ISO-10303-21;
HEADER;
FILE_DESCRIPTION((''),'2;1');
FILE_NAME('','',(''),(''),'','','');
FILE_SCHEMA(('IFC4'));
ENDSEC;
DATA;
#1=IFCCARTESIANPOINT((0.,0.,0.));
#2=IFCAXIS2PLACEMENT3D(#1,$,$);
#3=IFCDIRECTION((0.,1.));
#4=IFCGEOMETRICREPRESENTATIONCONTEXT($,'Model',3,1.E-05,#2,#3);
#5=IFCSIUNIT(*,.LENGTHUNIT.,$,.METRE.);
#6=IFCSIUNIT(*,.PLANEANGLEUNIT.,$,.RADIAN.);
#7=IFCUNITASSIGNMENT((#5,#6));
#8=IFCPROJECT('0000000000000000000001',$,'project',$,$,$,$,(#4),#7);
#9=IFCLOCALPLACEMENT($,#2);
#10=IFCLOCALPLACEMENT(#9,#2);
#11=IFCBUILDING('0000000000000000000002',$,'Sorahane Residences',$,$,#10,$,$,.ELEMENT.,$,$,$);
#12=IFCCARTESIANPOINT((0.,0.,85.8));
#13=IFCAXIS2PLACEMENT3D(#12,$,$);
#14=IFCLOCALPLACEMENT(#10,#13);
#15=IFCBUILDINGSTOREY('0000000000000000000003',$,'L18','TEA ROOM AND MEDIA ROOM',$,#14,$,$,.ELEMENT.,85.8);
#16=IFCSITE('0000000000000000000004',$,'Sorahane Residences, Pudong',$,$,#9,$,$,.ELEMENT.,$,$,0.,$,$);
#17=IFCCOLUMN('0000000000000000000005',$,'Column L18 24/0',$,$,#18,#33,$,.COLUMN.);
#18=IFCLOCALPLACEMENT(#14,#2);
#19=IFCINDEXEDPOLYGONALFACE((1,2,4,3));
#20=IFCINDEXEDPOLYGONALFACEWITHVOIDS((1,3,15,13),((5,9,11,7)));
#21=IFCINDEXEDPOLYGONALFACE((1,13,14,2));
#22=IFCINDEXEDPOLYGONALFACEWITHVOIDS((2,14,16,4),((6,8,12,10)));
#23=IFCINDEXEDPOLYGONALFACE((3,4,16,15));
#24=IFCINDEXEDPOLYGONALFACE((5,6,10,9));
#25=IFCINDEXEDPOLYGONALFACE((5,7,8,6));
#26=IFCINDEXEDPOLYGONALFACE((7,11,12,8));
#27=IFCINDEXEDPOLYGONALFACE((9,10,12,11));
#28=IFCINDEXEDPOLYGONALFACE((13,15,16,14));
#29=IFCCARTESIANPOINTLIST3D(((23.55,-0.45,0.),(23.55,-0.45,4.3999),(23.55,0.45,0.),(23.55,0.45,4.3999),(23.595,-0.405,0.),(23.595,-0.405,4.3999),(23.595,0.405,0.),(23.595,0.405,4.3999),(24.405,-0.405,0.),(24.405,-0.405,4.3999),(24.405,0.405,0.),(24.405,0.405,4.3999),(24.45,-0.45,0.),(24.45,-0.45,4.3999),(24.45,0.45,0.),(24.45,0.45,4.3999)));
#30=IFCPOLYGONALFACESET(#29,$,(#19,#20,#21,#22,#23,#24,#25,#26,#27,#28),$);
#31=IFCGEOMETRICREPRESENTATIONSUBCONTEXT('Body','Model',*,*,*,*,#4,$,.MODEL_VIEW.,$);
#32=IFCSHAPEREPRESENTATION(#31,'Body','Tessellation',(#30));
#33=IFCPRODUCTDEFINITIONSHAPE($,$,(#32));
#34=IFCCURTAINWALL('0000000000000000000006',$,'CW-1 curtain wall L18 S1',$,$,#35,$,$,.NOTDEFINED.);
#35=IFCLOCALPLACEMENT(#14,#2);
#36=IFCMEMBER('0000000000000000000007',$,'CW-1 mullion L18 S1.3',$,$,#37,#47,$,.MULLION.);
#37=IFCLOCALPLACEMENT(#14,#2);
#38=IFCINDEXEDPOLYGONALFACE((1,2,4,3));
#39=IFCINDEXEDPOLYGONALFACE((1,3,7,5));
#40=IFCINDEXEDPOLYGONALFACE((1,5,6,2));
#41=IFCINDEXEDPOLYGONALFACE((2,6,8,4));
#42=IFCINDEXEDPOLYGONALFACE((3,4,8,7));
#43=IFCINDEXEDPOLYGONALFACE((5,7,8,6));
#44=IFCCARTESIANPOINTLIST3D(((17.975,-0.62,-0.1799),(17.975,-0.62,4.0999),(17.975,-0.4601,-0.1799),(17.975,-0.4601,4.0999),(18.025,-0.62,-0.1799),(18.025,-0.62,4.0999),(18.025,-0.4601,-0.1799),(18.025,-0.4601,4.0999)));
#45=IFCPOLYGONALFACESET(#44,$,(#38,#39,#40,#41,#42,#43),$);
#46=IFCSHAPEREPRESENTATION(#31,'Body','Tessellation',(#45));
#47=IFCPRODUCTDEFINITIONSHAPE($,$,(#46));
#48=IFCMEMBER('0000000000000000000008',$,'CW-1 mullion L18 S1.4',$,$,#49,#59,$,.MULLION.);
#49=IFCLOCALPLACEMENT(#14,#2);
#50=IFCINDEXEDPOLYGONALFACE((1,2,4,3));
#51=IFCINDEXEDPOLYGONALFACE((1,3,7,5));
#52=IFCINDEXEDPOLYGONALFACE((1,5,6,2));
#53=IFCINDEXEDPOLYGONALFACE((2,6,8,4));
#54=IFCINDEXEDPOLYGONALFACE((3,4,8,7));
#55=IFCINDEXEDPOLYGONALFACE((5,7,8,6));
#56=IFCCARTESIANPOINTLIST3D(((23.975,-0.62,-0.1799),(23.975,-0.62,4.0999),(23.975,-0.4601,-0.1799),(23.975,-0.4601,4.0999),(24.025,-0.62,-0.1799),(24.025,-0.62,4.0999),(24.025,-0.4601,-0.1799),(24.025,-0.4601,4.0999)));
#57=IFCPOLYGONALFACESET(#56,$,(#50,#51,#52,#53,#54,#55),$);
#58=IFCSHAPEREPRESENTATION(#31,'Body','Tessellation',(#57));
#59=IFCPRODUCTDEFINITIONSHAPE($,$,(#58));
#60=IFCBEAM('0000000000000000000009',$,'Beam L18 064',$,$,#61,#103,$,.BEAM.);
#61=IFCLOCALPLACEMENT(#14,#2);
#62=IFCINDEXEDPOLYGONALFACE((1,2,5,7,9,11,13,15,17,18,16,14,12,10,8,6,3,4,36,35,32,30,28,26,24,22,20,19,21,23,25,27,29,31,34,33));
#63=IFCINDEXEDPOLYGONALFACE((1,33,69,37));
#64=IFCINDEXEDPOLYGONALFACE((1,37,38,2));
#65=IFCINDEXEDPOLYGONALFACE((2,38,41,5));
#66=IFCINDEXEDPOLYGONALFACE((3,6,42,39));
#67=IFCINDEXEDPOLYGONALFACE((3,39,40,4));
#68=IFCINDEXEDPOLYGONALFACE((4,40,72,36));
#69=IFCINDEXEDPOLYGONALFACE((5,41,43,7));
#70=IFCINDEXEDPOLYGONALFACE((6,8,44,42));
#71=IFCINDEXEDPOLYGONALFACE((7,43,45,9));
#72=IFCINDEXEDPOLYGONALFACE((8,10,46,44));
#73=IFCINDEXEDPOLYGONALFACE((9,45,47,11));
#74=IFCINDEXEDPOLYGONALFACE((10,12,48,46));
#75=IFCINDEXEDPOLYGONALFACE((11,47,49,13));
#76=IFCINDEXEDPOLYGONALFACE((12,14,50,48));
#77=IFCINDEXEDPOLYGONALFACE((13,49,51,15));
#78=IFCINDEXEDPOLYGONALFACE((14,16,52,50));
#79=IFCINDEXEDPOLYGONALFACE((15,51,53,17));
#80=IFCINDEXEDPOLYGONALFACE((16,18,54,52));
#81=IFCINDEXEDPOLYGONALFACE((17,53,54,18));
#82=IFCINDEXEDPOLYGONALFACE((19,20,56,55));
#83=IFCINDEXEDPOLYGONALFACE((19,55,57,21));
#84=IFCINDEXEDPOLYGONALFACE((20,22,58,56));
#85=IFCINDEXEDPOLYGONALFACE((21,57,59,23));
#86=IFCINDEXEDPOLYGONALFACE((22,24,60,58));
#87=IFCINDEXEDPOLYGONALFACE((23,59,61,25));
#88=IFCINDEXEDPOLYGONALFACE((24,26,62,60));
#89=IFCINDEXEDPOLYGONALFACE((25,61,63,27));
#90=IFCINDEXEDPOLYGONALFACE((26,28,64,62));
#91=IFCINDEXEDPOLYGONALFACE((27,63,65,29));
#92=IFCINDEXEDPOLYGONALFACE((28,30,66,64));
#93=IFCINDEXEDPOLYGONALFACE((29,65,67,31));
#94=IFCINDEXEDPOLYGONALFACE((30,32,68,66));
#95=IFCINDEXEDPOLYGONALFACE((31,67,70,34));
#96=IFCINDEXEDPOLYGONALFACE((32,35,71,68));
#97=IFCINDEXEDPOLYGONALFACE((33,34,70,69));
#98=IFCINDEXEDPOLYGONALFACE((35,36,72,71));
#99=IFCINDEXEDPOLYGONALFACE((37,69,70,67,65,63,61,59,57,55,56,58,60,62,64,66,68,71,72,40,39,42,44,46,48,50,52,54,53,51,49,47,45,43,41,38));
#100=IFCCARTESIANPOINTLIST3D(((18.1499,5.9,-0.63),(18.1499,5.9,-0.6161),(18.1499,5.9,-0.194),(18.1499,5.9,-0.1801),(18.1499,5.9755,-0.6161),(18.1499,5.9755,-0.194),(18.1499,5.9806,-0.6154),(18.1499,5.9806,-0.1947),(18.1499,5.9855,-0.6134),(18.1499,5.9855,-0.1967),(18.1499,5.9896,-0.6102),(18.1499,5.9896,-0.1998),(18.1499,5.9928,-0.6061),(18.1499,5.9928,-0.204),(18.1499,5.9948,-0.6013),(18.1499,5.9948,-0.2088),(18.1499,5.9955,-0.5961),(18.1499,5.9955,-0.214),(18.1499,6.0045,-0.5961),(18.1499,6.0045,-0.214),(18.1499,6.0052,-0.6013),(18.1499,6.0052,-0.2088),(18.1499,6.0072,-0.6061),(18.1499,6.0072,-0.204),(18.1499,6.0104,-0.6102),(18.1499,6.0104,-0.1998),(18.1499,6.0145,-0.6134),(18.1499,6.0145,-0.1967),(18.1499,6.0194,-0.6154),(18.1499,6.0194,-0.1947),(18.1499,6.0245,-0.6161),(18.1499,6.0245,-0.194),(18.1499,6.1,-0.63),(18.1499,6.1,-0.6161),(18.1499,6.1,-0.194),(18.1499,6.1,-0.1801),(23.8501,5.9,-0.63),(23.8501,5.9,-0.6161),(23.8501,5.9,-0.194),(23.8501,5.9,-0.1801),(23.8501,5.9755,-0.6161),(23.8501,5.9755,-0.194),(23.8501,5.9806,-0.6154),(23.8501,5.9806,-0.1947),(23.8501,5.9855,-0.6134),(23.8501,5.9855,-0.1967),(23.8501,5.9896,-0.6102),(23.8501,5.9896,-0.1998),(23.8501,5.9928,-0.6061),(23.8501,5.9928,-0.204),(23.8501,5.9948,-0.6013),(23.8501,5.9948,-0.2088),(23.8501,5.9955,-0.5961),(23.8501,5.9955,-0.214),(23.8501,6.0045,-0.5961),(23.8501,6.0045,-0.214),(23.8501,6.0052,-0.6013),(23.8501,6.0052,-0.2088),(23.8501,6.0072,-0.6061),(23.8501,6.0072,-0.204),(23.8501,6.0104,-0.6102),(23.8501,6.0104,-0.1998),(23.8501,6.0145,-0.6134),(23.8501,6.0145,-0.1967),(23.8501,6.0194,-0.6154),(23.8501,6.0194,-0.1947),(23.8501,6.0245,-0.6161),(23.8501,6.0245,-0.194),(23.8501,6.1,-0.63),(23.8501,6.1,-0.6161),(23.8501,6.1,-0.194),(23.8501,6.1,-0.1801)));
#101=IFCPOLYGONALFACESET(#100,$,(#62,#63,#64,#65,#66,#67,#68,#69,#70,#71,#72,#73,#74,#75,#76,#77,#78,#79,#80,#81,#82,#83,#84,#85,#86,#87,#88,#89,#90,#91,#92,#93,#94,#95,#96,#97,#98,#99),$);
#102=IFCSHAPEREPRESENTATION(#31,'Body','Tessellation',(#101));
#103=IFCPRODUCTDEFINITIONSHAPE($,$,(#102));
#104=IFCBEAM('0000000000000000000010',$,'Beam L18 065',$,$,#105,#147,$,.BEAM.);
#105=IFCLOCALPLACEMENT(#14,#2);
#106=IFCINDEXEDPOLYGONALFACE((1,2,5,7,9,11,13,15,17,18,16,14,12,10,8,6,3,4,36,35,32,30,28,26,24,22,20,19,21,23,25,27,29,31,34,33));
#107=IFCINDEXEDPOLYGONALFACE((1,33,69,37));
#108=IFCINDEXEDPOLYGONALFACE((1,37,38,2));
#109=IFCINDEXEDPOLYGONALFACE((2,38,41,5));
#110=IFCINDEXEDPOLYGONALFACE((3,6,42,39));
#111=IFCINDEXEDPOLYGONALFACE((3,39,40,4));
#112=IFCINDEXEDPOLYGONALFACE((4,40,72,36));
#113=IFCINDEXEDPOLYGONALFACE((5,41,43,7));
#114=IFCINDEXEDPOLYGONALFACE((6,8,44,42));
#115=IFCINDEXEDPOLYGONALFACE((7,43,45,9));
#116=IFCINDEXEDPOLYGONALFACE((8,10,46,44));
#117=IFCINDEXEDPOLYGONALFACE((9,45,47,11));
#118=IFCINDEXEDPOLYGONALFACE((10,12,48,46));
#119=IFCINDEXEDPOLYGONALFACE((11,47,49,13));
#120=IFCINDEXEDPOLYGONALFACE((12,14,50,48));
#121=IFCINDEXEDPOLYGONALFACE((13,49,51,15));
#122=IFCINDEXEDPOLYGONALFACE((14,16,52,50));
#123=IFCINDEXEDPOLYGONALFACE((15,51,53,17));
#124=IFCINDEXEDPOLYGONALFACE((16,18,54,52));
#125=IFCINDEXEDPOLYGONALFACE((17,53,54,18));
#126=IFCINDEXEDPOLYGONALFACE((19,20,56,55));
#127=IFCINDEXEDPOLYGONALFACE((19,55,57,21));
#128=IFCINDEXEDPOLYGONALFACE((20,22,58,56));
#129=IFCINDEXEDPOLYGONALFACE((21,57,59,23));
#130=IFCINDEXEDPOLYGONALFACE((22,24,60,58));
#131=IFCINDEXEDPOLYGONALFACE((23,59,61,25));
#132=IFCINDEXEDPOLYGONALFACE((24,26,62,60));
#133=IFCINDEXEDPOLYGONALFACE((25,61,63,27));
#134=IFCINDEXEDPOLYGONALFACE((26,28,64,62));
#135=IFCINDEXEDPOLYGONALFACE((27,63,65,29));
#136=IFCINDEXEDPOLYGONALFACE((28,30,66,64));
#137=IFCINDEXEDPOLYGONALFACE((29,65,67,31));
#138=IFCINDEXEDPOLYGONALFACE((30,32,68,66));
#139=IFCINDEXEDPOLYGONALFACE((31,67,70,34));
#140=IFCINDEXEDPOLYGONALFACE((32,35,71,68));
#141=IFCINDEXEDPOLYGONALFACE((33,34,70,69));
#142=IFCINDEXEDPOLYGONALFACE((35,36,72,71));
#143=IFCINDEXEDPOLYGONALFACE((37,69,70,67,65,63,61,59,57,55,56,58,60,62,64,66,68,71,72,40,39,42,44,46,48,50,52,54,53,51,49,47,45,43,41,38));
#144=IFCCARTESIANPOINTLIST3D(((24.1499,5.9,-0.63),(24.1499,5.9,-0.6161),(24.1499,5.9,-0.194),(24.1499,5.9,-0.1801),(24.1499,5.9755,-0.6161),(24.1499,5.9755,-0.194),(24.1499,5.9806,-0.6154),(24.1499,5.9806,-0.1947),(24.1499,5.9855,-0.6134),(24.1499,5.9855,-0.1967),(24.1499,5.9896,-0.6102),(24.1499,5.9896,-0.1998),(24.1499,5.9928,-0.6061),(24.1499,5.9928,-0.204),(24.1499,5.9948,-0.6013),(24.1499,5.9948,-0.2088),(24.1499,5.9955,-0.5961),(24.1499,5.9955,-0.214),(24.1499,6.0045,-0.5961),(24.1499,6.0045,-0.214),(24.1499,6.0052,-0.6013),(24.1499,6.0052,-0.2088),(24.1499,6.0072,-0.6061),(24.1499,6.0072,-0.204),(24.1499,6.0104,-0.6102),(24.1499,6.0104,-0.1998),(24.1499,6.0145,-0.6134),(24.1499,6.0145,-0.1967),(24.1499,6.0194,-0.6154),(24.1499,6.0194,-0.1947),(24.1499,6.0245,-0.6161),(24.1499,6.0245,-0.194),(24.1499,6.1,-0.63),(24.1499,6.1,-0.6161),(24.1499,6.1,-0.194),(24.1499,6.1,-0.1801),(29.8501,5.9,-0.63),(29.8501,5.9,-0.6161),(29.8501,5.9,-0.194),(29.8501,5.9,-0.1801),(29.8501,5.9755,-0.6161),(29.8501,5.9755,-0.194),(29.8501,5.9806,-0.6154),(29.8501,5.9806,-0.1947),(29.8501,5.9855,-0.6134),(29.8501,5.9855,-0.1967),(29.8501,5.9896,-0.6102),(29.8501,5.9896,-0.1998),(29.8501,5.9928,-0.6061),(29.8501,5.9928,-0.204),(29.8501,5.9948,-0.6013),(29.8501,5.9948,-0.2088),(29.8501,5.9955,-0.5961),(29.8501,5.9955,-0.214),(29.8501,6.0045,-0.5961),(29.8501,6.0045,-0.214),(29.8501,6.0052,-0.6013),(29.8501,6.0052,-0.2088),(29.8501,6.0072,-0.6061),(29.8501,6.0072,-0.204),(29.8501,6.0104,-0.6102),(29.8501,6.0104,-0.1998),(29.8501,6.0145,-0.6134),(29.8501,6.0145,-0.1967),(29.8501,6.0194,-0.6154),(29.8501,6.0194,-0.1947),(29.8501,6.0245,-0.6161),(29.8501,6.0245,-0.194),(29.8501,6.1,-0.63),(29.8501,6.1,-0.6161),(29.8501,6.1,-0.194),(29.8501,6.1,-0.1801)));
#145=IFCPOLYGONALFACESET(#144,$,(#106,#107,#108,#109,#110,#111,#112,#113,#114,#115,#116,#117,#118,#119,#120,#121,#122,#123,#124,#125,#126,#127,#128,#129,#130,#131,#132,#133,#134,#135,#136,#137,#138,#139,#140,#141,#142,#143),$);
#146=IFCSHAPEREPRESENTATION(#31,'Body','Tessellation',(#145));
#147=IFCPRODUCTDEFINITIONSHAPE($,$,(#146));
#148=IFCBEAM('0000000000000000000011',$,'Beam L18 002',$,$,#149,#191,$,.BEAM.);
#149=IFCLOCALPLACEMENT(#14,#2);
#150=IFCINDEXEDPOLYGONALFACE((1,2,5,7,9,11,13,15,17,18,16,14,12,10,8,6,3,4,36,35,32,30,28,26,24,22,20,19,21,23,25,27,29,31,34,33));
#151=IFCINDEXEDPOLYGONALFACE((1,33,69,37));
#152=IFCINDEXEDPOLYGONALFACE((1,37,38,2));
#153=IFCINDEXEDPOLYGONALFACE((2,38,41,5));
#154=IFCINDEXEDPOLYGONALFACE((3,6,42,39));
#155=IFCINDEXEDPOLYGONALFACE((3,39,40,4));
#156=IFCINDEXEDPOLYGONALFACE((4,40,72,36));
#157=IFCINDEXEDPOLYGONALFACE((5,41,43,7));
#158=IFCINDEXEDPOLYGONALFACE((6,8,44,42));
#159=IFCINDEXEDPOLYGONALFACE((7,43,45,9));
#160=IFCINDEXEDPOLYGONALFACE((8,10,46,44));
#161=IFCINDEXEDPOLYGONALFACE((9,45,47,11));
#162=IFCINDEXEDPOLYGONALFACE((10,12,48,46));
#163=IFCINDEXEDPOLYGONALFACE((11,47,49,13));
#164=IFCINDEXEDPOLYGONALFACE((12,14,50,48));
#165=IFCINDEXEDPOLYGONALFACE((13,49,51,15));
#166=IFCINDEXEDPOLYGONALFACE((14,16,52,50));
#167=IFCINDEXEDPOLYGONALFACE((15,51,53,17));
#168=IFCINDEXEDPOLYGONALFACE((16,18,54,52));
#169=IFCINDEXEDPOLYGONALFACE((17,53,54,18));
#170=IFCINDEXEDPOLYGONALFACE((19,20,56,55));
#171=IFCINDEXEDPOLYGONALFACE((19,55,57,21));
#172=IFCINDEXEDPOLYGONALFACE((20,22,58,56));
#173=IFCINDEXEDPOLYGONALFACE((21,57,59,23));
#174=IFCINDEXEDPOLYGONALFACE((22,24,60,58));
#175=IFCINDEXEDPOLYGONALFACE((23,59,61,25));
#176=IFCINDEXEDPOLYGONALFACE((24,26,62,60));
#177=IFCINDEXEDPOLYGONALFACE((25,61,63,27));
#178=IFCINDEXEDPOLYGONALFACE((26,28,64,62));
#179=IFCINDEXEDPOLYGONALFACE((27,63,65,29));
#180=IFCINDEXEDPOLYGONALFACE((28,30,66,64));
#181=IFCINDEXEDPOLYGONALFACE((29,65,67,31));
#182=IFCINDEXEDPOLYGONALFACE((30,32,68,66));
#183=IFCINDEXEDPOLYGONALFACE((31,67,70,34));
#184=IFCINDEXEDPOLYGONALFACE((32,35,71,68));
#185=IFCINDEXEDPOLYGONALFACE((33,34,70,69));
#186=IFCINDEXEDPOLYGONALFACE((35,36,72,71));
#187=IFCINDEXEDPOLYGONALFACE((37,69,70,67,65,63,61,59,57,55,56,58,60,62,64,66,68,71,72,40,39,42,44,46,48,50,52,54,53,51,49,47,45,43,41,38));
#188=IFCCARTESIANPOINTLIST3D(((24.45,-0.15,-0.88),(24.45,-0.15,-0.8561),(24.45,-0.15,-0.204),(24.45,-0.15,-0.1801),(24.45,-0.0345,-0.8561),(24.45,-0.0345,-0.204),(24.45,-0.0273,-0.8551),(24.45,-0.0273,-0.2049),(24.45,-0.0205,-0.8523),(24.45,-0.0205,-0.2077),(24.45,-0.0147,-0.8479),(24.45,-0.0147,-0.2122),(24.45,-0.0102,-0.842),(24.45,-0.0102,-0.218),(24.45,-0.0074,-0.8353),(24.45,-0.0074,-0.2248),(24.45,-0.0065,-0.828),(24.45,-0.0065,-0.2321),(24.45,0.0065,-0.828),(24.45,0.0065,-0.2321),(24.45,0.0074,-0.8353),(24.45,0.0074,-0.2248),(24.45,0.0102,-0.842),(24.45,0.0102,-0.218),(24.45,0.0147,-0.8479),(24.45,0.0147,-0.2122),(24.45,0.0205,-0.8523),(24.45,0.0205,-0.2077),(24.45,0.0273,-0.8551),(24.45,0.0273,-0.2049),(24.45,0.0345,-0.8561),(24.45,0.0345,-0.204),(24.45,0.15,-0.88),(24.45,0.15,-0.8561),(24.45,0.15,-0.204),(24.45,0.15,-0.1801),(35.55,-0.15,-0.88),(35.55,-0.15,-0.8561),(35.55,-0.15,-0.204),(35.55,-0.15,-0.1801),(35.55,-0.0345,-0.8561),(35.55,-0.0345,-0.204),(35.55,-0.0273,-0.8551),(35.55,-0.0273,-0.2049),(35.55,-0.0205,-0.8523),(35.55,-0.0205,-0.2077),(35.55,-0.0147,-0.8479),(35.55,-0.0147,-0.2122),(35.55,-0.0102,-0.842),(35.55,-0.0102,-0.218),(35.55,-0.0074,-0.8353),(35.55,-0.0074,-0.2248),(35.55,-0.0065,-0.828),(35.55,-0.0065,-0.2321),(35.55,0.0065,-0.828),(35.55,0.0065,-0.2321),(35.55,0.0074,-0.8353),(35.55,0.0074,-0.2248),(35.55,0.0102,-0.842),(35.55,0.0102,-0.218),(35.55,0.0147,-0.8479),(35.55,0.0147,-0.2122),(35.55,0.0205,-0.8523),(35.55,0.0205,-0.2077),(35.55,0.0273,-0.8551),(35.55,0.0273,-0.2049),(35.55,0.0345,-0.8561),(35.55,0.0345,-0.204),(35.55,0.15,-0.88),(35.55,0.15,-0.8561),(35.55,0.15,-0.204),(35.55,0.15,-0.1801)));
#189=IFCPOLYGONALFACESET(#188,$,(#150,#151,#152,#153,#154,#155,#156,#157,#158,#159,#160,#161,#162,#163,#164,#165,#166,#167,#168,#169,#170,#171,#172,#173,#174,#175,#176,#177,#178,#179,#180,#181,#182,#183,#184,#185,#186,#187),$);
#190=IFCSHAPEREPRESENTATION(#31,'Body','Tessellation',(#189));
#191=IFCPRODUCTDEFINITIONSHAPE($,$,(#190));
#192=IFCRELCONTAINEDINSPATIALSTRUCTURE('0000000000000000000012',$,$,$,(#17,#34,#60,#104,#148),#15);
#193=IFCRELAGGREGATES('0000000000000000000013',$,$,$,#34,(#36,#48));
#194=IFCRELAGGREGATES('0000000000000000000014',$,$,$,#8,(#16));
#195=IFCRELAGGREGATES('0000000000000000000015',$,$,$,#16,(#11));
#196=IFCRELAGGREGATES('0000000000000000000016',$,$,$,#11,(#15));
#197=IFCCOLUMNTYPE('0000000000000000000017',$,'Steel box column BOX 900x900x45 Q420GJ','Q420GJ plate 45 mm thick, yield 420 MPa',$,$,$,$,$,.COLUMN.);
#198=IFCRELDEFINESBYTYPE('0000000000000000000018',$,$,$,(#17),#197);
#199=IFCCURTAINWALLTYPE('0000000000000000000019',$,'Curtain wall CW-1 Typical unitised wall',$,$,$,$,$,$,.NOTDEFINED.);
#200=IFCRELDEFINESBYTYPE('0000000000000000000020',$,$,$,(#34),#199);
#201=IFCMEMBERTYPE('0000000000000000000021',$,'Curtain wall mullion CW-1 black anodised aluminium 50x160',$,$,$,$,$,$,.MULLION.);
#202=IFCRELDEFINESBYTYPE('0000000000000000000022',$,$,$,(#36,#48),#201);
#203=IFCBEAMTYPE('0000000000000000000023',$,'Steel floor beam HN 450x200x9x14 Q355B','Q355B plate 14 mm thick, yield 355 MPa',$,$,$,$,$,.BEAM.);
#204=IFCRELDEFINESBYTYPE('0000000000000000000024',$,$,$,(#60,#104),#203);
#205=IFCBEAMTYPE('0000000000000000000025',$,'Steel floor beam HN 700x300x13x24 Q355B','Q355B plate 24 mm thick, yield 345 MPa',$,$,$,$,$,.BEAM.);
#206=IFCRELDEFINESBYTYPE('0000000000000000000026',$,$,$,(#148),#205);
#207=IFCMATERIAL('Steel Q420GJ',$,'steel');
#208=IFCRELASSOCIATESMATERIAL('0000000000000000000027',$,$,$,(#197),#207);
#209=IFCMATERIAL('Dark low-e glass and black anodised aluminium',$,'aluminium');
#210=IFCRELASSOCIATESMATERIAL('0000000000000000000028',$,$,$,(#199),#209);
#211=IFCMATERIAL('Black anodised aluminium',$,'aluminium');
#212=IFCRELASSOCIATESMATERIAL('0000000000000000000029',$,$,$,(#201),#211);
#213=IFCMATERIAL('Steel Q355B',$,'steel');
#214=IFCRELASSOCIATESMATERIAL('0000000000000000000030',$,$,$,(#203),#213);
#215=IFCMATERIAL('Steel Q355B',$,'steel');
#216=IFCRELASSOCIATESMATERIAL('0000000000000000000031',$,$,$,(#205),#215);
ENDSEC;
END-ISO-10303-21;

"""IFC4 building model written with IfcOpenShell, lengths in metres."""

from ifc_helpers import new_model, si_unit, direction, frame, origin, origin_2d, place, context, subcontext, project, spatial, rectangle, hollow_rectangle, i_section, extrude, material, material_profile, profile_set, type_object, element, aggregate, save


model = new_model("IFC4")

# Units and contexts
model_context = context("Model", 3, precision=1e-05, world=origin(), true_north=direction((0.0, 1.0)))
body_context = subcontext(model_context, "Body", "Model", "MODEL_VIEW")
ifc_project = project(units=[si_unit("LENGTHUNIT", "METRE"), si_unit("PLANEANGLEUNIT", "RADIAN")], contexts=[model_context])

# Site, building, storey
site_placement = place(None, origin())
site = spatial("IfcSite", under=ifc_project, at=site_placement, Name="Sorahane Residences, Pudong", CompositionType="ELEMENT", RefElevation=0.0)
building_placement = place(site_placement, origin())
building = spatial("IfcBuilding", under=site, at=building_placement, Name="Sorahane Residences", CompositionType="ELEMENT")
storey_placement = place(building_placement, frame((0.0, 0.0, 85.8)))
storey = spatial("IfcBuildingStorey", under=building, at=storey_placement, Name="L18", Description="TEA ROOM AND MEDIA ROOM", CompositionType="ELEMENT", Elevation=85.8)

# Column
ifc_material_1 = material(Name="Steel Q420GJ", Category="steel")
ifc_material_profile_1 = material_profile(ifc_material_1, hollow_rectangle(XDim=0.8999, YDim=0.8999, WallThickness=0.0449, at=origin_2d()), Name="BOX 900x900x45")
ifc_profile_set_1 = profile_set([ifc_material_profile_1], Name="Steel Q420GJ")
column_type = type_object("IfcColumnType", Name="Steel box column BOX 900x900x45 Q420GJ", Description="Q420GJ plate 45 mm thick, yield 420 MPa", PredefinedType="COLUMN", material=ifc_profile_set_1)
column_placement = place(storey_placement, frame((24.0, 0.0, 0.0), z_axis=(0.0, 0.0, 1.0), x_axis=(1.0, 0.0, 0.0)))
element("IfcColumn", 1, at=column_placement, inside=storey, type_object=column_type, Name="Column L18 24/0", PredefinedType="COLUMN", context=body_context, shape_type="SweptSolid", body=[
    extrude(hollow_rectangle(XDim=0.8999, YDim=0.8999, WallThickness=0.0449, at=origin_2d()), origin(), (0.0, 0.0, 1.0), 4.3999),
])

# Curtain wall, members
ifc_material_2 = material(Name="Dark low-e glass and black anodised aluminium", Category="aluminium")
curtain_wall_type = type_object("IfcCurtainWallType", Name="Curtain wall CW-1 Typical unitised wall", PredefinedType="NOTDEFINED", material=ifc_material_2)
curtain_wall_placement = place(storey_placement, origin())
curtain_wall = element("IfcCurtainWall", 2, at=curtain_wall_placement, inside=storey, type_object=curtain_wall_type, Name="CW-1 curtain wall L18 S1", PredefinedType="NOTDEFINED")
ifc_material_3 = material(Name="Black anodised aluminium", Category="aluminium")
ifc_material_profile_2 = material_profile(ifc_material_3, rectangle(XDim=0.1599, YDim=0.05, at=origin_2d()), Name="Curtain wall mullion CW-1 black anodised aluminium 50x160")
ifc_profile_set_2 = profile_set([ifc_material_profile_2], Name="Black anodised aluminium")
member_type = type_object("IfcMemberType", Name="Curtain wall mullion CW-1 black anodised aluminium 50x160", PredefinedType="MULLION", material=ifc_profile_set_2)
member_1_placement = place(storey_placement, frame((18.0, -0.54, -0.1799), z_axis=(0.0, 0.0, 1.0), x_axis=(0.0, -1.0, 0.0)))
member_1 = element("IfcMember", 3, at=member_1_placement, type_object=member_type, Name="CW-1 mullion L18 S1.3", PredefinedType="MULLION", context=body_context, shape_type="SweptSolid", body=[
    extrude(rectangle(XDim=0.1599, YDim=0.05, at=origin_2d()), origin(), (0.0, 0.0, 1.0), 4.2798),
])
member_2_placement = place(storey_placement, frame((24.0, -0.54, -0.1799), z_axis=(0.0, 0.0, 1.0), x_axis=(0.0, -1.0, 0.0)))
member_2 = element("IfcMember", 4, at=member_2_placement, type_object=member_type, Name="CW-1 mullion L18 S1.4", PredefinedType="MULLION", context=body_context, shape_type="SweptSolid", body=[
    extrude(rectangle(XDim=0.1599, YDim=0.05, at=origin_2d()), origin(), (0.0, 0.0, 1.0), 4.2798),
])

# Beams
ifc_material_4 = material(Name="Steel Q355B", Category="steel")
ifc_material_profile_3 = material_profile(ifc_material_4, i_section(OverallWidth=0.2, OverallDepth=0.45, WebThickness=0.009, FlangeThickness=0.0139, FilletRadius=0.02, at=origin_2d()), Name="HN 450x200x9x14")
ifc_profile_set_3 = profile_set([ifc_material_profile_3], Name="Steel Q355B")
beam_type_1 = type_object("IfcBeamType", Name="Steel floor beam HN 450x200x9x14 Q355B", Description="Q355B plate 14 mm thick, yield 355 MPa", PredefinedType="BEAM", material=ifc_profile_set_3)
for number, where, z_axis, x_axis, name in (
    (5, (18.1499, 6.0, -0.405), (1.0, 0.0, 0.0), (0.0, 1.0, 0.0), "Beam L18 064"),
    (6, (24.1499, 6.0, -0.405), (1.0, 0.0, 0.0), (0.0, 1.0, 0.0), "Beam L18 065"),
):
    element("IfcBeam", number, at=place(storey_placement, frame(where, z_axis=z_axis, x_axis=x_axis)), inside=storey, type_object=beam_type_1, Name=name, PredefinedType="BEAM", context=body_context, shape_type="SweptSolid", body=[
        extrude(i_section(OverallWidth=0.2, OverallDepth=0.45, WebThickness=0.009, FlangeThickness=0.0139, FilletRadius=0.02, at=origin_2d()), origin(), (0.0, 0.0, 1.0), 5.7002),
    ])
ifc_material_5 = material(Name="Steel Q355B", Category="steel")
ifc_material_profile_4 = material_profile(ifc_material_5, i_section(OverallWidth=0.3, OverallDepth=0.7, WebThickness=0.0129, FlangeThickness=0.0239, FilletRadius=0.0281, at=origin_2d()), Name="HN 700x300x13x24")
ifc_profile_set_4 = profile_set([ifc_material_profile_4], Name="Steel Q355B")
beam_type_2 = type_object("IfcBeamType", Name="Steel floor beam HN 700x300x13x24 Q355B", Description="Q355B plate 24 mm thick, yield 345 MPa", PredefinedType="BEAM", material=ifc_profile_set_4)
beam_1_placement = place(storey_placement, frame((24.45, 0.0, -0.53), z_axis=(1.0, 0.0, 0.0), x_axis=(0.0, 1.0, 0.0)))
element("IfcBeam", 7, at=beam_1_placement, inside=storey, type_object=beam_type_2, Name="Beam L18 002", PredefinedType="BEAM", context=body_context, shape_type="SweptSolid", body=[
    extrude(i_section(OverallWidth=0.3, OverallDepth=0.7, WebThickness=0.0129, FlangeThickness=0.0239, FilletRadius=0.0281, at=origin_2d()), origin(), (0.0, 0.0, 1.0), 11.1001),
])

aggregate(curtain_wall, [member_1, member_2])

save(model, "model.ifc")
